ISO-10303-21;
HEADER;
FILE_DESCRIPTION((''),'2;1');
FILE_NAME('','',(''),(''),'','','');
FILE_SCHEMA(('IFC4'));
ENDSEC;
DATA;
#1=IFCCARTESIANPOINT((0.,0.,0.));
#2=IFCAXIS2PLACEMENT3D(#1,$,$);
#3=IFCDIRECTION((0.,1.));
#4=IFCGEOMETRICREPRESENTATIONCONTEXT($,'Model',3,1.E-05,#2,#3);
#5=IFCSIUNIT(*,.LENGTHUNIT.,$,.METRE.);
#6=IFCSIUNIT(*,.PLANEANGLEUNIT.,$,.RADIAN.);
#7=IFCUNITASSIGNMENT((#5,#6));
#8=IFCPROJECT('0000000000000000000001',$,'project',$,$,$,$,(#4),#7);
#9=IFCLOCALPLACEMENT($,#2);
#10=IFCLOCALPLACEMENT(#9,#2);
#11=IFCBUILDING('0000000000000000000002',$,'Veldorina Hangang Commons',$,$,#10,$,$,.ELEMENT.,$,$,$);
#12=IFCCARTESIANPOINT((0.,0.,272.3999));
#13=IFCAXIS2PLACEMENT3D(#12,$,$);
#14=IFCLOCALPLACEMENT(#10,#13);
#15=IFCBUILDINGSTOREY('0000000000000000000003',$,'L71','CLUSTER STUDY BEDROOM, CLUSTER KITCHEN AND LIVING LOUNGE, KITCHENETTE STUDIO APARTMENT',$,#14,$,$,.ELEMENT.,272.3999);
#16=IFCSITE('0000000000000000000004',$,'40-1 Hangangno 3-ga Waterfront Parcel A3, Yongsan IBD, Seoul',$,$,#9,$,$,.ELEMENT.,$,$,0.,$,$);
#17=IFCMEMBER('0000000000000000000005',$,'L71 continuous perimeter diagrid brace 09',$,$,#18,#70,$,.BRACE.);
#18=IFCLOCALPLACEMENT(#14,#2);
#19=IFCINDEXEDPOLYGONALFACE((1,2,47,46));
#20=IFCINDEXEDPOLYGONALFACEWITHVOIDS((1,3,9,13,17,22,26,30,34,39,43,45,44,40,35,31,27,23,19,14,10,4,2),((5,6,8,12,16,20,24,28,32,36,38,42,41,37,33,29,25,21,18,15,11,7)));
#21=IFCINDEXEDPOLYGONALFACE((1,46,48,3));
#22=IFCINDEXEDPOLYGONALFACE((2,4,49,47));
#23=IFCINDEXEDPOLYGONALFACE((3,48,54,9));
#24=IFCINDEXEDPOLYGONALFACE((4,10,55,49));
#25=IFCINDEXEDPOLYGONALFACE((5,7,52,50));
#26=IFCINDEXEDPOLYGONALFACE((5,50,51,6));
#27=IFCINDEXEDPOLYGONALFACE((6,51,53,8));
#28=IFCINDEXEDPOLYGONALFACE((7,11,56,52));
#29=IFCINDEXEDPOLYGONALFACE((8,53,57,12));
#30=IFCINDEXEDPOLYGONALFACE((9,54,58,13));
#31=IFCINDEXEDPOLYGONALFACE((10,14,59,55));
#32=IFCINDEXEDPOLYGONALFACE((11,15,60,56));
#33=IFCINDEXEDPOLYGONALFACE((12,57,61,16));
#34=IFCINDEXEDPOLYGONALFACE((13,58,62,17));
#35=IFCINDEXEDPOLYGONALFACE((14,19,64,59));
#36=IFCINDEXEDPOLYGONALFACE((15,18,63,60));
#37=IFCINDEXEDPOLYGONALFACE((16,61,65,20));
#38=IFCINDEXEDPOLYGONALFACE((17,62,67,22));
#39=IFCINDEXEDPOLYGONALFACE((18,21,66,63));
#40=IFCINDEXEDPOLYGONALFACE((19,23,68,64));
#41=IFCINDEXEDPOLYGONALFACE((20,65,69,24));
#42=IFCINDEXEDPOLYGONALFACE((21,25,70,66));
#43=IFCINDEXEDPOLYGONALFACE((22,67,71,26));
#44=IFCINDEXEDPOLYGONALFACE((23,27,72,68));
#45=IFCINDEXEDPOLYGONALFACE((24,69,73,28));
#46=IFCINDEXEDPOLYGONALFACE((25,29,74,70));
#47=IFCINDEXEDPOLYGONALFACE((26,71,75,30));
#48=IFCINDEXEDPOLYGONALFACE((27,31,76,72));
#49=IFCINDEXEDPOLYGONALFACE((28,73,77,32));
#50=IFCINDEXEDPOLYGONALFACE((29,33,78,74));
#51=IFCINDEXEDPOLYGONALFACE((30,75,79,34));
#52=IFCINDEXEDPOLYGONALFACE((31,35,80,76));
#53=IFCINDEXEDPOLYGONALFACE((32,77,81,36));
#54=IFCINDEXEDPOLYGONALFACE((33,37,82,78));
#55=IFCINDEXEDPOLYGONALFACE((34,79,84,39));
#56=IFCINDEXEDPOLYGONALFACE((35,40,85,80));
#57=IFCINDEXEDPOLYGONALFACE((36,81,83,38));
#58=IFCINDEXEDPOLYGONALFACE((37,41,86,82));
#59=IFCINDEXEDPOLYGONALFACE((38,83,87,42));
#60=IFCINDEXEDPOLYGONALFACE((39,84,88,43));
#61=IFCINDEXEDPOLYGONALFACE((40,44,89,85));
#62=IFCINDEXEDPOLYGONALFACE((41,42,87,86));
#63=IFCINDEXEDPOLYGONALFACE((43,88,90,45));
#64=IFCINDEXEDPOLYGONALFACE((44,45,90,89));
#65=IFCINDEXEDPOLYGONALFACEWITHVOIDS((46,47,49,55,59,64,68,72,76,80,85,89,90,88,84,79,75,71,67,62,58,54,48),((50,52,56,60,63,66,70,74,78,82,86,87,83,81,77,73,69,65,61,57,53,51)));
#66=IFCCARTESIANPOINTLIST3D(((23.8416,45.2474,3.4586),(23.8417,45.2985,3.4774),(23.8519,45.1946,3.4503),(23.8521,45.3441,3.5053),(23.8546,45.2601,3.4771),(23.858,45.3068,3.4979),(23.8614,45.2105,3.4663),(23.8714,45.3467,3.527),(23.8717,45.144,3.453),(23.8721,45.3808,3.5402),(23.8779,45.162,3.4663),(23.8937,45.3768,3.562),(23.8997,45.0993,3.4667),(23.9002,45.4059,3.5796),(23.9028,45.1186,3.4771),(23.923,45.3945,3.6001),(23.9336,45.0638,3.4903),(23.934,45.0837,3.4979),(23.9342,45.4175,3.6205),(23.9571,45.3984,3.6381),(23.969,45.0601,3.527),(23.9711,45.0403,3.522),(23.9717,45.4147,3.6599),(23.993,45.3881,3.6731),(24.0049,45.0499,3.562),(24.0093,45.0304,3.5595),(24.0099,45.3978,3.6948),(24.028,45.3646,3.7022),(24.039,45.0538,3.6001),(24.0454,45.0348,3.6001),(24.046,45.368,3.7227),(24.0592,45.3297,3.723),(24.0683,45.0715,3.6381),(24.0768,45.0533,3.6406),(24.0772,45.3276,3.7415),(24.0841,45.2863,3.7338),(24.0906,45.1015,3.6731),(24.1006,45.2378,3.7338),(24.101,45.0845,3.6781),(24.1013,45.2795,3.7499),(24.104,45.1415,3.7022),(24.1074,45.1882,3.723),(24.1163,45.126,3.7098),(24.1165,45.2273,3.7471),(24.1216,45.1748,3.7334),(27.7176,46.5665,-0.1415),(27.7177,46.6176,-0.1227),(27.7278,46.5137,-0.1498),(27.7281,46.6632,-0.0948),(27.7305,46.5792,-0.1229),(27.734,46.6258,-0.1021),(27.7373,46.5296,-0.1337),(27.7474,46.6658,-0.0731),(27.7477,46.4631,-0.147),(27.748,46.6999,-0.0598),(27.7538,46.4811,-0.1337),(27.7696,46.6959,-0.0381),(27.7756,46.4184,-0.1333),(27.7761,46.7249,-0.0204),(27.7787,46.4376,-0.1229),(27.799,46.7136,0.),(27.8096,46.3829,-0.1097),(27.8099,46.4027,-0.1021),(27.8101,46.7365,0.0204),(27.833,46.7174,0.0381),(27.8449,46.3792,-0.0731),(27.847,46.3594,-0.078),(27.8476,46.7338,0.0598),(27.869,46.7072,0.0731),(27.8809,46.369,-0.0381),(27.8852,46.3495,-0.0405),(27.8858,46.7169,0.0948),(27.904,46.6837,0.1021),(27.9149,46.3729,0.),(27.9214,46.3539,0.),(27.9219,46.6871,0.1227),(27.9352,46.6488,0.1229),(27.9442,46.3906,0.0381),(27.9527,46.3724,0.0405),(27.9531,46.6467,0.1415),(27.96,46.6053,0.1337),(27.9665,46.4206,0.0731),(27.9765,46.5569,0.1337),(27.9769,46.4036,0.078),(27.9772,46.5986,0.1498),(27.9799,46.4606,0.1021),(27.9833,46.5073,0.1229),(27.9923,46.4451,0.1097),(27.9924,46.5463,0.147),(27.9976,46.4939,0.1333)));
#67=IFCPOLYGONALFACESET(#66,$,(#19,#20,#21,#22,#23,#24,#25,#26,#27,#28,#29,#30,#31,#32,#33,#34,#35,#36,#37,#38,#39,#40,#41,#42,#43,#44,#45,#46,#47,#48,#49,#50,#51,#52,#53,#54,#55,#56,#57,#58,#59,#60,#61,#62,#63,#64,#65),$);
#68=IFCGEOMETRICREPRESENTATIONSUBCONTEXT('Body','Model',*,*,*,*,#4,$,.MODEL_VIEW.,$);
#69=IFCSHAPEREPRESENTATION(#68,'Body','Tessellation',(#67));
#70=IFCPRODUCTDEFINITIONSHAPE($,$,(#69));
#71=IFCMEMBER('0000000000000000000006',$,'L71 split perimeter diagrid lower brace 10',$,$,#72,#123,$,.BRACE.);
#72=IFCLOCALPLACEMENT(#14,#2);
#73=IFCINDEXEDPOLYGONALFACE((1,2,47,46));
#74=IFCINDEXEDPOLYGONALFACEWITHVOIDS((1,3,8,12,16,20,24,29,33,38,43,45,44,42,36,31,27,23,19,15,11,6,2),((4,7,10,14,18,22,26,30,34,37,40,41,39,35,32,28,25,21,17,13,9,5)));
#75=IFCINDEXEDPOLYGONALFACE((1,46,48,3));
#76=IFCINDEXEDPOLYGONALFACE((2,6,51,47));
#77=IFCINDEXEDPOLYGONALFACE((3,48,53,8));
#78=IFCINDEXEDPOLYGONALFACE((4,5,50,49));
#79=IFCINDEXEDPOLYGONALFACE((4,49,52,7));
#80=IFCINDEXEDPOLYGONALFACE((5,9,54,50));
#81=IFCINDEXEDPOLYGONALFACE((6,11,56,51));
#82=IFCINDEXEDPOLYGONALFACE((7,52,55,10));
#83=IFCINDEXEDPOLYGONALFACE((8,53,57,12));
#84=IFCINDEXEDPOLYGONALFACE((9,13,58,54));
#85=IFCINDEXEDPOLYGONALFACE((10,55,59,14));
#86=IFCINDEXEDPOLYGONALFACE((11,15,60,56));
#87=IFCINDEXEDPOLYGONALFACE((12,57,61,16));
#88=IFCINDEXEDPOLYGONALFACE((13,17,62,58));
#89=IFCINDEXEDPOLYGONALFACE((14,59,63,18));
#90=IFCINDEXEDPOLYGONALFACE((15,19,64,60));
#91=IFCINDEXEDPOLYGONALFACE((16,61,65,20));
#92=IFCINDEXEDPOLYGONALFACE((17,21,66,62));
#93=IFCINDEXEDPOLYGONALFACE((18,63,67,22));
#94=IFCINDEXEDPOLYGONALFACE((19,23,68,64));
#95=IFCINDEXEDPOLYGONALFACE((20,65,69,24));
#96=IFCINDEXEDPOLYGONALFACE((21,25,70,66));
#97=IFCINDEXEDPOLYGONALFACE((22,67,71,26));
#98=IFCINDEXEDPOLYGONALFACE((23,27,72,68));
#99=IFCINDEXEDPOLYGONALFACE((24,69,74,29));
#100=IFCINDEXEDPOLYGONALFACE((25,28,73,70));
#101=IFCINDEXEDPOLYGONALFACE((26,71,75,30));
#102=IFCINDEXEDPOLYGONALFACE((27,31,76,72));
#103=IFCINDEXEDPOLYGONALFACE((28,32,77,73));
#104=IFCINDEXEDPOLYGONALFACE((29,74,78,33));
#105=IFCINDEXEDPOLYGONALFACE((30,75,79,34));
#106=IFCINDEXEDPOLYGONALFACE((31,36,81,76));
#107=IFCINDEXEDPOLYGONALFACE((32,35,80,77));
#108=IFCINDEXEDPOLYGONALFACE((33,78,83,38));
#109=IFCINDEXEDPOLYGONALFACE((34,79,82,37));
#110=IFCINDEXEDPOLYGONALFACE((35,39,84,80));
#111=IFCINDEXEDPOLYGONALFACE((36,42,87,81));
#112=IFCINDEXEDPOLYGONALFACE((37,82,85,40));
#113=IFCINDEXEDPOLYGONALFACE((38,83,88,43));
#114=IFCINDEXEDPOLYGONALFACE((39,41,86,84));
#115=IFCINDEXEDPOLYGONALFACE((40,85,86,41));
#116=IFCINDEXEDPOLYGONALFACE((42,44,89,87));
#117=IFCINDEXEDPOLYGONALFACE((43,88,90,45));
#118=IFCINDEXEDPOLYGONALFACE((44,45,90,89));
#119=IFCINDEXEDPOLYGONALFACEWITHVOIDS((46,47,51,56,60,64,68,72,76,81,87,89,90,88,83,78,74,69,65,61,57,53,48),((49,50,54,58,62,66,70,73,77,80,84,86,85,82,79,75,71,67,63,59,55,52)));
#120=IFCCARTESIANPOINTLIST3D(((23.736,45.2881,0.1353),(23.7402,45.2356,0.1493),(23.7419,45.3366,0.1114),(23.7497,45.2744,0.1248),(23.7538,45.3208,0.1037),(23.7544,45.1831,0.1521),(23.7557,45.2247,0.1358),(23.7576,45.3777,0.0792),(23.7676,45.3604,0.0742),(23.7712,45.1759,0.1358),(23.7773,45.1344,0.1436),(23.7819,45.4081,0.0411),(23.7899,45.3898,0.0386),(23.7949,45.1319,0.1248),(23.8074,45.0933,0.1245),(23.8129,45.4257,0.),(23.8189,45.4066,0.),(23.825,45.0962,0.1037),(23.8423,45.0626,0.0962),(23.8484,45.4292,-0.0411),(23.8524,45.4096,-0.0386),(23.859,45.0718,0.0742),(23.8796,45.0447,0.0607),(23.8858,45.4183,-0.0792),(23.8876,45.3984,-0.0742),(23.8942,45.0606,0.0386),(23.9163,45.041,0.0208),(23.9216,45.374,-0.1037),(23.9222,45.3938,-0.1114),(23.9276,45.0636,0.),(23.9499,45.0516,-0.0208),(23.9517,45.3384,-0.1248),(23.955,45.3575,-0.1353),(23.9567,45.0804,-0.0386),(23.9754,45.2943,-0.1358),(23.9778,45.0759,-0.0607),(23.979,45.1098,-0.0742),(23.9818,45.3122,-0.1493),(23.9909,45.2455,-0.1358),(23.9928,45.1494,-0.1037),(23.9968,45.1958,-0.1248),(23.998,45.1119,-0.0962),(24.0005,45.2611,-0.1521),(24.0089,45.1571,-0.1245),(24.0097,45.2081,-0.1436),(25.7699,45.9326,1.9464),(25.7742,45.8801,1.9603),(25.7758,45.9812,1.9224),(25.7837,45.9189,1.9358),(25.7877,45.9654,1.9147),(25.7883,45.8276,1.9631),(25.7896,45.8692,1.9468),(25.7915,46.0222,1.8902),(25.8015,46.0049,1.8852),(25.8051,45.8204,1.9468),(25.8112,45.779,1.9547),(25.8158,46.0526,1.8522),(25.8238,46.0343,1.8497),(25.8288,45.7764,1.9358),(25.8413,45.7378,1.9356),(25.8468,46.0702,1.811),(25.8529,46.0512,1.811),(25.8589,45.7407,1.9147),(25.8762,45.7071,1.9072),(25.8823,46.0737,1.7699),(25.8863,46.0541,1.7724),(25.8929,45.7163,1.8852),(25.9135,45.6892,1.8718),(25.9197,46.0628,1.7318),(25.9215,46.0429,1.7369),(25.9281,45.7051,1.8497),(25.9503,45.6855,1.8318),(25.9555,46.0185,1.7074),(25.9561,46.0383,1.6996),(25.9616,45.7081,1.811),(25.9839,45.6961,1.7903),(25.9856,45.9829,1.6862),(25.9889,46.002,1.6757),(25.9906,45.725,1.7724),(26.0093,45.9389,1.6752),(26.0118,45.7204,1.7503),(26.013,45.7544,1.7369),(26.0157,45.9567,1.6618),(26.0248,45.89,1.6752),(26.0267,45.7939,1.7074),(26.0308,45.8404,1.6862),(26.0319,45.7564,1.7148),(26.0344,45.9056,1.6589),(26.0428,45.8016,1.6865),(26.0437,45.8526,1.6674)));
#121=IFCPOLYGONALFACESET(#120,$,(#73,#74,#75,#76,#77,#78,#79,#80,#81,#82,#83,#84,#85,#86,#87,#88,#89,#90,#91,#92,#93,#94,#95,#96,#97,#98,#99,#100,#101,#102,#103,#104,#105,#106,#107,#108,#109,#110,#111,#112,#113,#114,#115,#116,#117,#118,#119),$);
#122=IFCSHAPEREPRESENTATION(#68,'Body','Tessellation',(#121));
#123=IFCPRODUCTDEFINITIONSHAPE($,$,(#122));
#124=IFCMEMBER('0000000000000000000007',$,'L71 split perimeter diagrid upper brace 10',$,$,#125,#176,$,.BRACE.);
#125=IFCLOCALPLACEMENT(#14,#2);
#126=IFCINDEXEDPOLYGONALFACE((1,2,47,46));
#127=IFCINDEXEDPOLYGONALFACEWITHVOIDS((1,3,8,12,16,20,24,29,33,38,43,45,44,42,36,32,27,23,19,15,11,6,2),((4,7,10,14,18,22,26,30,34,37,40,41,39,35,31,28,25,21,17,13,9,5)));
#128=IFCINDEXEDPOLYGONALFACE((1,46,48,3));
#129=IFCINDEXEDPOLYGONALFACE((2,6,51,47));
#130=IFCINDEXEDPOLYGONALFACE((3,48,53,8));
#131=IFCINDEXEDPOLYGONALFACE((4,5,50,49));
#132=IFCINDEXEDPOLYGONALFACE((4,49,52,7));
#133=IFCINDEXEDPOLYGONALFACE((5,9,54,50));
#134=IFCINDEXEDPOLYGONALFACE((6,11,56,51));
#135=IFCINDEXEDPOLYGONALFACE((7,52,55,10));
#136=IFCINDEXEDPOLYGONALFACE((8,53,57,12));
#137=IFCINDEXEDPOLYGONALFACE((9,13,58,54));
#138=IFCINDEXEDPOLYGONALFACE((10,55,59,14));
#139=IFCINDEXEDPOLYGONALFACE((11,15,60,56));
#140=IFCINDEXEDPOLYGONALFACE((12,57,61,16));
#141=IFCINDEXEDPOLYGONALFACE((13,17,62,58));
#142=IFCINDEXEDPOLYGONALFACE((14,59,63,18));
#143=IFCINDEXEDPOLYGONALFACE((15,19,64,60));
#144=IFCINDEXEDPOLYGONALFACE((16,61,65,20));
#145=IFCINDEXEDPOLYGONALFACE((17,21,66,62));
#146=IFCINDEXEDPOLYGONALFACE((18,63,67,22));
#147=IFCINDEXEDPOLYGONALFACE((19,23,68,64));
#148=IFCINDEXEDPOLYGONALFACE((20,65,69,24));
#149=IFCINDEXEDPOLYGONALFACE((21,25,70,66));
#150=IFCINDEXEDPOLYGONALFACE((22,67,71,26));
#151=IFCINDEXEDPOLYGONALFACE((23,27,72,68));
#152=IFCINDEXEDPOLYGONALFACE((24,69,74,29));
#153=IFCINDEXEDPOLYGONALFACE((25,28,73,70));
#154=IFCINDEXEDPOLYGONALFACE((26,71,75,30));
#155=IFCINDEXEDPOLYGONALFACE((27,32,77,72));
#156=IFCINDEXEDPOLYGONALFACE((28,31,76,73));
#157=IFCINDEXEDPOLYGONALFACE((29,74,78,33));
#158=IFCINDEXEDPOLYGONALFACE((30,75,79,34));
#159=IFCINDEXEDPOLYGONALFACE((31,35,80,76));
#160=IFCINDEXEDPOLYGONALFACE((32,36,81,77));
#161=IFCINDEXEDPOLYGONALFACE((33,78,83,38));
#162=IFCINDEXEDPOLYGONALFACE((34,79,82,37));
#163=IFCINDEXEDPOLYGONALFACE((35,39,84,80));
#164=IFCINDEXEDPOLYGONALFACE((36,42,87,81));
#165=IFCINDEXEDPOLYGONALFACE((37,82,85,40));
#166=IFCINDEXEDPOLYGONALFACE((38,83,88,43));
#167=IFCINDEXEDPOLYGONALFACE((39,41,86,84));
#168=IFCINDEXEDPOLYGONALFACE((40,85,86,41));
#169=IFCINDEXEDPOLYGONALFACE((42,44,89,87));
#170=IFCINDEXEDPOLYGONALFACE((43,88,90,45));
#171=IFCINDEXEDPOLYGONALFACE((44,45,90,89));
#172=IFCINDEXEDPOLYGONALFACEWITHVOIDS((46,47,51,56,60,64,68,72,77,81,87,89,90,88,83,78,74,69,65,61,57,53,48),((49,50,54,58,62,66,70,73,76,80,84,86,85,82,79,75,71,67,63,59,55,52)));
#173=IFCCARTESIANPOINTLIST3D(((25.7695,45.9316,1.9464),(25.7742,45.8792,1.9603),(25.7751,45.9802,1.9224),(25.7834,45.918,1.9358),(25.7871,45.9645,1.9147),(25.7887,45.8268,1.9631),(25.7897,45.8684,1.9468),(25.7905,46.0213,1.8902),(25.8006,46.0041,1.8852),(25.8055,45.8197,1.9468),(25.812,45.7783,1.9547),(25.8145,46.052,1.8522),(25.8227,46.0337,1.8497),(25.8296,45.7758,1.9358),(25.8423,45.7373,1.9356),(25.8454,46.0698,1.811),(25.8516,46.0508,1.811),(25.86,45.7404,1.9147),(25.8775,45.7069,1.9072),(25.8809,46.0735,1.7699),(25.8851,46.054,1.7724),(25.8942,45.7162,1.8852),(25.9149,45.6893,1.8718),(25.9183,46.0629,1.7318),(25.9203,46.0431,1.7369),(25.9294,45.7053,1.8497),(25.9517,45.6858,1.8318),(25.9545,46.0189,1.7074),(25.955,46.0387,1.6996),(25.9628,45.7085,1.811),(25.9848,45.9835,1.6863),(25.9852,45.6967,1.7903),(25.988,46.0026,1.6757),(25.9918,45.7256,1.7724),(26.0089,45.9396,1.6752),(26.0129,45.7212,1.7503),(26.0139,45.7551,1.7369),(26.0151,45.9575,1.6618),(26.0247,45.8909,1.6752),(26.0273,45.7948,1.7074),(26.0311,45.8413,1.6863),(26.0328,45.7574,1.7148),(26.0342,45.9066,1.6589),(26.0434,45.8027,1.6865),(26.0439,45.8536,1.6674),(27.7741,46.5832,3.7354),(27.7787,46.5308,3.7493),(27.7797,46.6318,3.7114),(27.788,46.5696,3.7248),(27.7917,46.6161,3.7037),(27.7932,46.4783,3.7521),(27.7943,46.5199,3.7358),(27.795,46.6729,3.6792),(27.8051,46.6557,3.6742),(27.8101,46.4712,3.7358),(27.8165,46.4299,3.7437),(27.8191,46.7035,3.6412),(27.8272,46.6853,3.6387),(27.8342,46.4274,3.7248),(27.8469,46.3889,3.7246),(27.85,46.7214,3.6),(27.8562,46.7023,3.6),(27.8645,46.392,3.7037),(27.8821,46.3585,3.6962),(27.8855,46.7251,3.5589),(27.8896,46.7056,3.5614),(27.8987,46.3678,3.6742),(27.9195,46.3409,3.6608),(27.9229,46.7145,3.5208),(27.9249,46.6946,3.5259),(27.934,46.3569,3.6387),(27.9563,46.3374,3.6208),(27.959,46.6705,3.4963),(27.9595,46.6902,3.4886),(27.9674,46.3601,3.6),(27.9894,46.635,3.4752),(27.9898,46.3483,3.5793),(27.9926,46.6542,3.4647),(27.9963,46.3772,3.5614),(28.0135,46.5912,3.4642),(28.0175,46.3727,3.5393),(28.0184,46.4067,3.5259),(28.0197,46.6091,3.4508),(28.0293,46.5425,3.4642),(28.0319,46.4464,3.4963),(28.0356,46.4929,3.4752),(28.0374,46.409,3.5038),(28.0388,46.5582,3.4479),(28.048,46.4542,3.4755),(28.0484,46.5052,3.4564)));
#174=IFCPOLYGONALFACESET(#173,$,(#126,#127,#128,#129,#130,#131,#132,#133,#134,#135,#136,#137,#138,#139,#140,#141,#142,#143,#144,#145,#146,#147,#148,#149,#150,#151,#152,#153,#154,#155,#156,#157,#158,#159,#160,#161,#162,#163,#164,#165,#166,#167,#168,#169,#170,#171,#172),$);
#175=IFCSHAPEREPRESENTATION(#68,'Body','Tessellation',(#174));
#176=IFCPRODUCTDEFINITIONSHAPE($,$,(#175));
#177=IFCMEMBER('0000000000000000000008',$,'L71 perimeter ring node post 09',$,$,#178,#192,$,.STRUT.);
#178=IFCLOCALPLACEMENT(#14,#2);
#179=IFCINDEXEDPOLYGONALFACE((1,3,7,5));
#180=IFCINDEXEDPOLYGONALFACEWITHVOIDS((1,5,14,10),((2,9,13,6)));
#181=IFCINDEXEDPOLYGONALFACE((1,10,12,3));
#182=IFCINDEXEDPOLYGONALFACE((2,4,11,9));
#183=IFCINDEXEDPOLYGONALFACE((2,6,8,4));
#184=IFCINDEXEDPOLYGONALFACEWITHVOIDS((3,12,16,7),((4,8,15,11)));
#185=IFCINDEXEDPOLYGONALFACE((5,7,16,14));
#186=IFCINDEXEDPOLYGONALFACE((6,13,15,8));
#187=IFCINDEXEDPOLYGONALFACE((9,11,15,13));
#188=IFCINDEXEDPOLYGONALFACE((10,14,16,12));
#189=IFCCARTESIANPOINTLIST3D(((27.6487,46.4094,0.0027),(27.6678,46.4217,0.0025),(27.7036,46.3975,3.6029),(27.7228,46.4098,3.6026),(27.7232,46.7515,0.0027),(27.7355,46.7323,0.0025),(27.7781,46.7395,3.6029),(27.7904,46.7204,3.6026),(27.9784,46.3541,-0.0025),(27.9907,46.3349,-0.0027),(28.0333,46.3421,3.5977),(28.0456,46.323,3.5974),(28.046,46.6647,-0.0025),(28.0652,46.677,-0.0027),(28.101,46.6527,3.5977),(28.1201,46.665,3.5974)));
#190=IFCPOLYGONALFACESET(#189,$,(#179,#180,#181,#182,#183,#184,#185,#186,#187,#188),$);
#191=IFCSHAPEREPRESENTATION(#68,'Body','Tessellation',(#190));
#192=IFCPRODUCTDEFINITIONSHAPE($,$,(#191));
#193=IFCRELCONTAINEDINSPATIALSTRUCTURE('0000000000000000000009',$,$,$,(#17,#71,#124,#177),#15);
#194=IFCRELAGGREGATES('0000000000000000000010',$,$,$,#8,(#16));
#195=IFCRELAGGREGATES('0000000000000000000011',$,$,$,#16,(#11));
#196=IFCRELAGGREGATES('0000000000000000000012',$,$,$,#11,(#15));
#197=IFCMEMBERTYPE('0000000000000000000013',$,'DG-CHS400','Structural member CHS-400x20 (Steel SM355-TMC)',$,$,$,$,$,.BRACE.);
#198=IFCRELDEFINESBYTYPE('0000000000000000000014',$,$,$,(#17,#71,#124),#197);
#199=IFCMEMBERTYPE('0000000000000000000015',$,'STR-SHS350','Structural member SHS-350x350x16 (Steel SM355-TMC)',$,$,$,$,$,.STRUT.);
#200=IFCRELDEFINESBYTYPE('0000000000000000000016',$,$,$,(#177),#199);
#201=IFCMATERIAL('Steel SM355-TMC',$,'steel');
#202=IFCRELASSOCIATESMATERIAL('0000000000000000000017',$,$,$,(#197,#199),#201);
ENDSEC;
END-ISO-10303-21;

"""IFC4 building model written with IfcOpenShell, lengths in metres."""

from ifc_helpers import new_model, si_unit, direction, frame, origin, origin_2d, place, context, subcontext, project, spatial, hollow_rectangle, hollow_circle, extrude, material, material_profile, profile_set, type_object, element, save


model = new_model("IFC4")

# Units and contexts
model_context = context("Model", 3, precision=1e-05, world=origin(), true_north=direction((0.0, 1.0)))
body_context = subcontext(model_context, "Body", "Model", "MODEL_VIEW")
ifc_project = project(units=[si_unit("LENGTHUNIT", "METRE"), si_unit("PLANEANGLEUNIT", "RADIAN")], contexts=[model_context])

# Site, building, storey
site_placement = place(None, origin())
site = spatial("IfcSite", under=ifc_project, at=site_placement, Name="40-1 Hangangno 3-ga Waterfront Parcel A3, Yongsan IBD, Seoul", CompositionType="ELEMENT", RefElevation=0.0)
building_placement = place(site_placement, origin())
building = spatial("IfcBuilding", under=site, at=building_placement, Name="Veldorina Hangang Commons", CompositionType="ELEMENT")
storey_placement = place(building_placement, frame((0.0, 0.0, 272.3999)))
storey = spatial("IfcBuildingStorey", under=building, at=storey_placement, Name="L71", Description="CLUSTER STUDY BEDROOM, CLUSTER KITCHEN AND LIVING LOUNGE, KITCHENETTE STUDIO APARTMENT", CompositionType="ELEMENT", Elevation=272.3999)

# Shared definitions
ifc_material_1 = material(Name="Steel SM355-TMC", Category="steel")

# Members
ifc_material_profile_1 = material_profile(ifc_material_1, hollow_circle(Radius=0.2, WallThickness=0.02, at=origin_2d()), Name="CHS-400x20")
ifc_profile_set_1 = profile_set([ifc_material_profile_1], Name="Steel SM355-TMC")
member_type_1 = type_object("IfcMemberType", Name="DG-CHS400", Description="Structural member CHS-400x20 (Steel SM355-TMC)", PredefinedType="BRACE", material=ifc_profile_set_1)
member_1_placement = place(storey_placement, frame((27.8569, 46.5432, 0.0), z_axis=(-0.710932, -0.241948, 0.660331), x_axis=(0.322179, -0.946679, 0.0)))
element("IfcMember", 1, at=member_1_placement, inside=storey, type_object=member_type_1, Name="L71 continuous perimeter diagrid brace 09", PredefinedType="BRACE", context=body_context, shape_type="SweptSolid", body=[
    extrude(hollow_circle(Radius=0.2, WallThickness=0.02, at=origin_2d()), origin(), (0.0, 0.0, 1.0), 5.4519),
])
member_2_placement = place(storey_placement, frame((23.8733, 45.2351, 0.0), z_axis=(0.726769, 0.230305, 0.647122), x_axis=(-0.302084, 0.953281, 0.0)))
element("IfcMember", 2, at=member_2_placement, inside=storey, type_object=member_type_1, Name="L71 split perimeter diagrid lower brace 10", PredefinedType="BRACE", context=body_context, shape_type="SweptSolid", body=[
    extrude(hollow_circle(Radius=0.2, WallThickness=0.02, at=origin_2d()), origin(), (0.0, 0.0, 1.0), 2.7986),
])
member_3_placement = place(storey_placement, frame((25.9072, 45.8796, 1.811), z_axis=(0.725067, 0.235684, 0.647094), x_axis=(-0.309131, 0.95102, 0.0)))
element("IfcMember", 3, at=member_3_placement, inside=storey, type_object=member_type_1, Name="L71 split perimeter diagrid upper brace 10", PredefinedType="BRACE", context=body_context, shape_type="SweptSolid", body=[
    extrude(hollow_circle(Radius=0.2, WallThickness=0.02, at=origin_2d()), origin(), (0.0, 0.0, 1.0), 2.7646),
])
ifc_material_profile_2 = material_profile(ifc_material_1, hollow_rectangle(XDim=0.3501, YDim=0.3501, WallThickness=0.0161, at=origin_2d()), Name="SHS-350x350x16")
ifc_profile_set_2 = profile_set([ifc_material_profile_2], Name="Steel SM355-TMC")
member_type_2 = type_object("IfcMemberType", Name="STR-SHS350", Description="Structural member SHS-350x350x16 (Steel SM355-TMC)", PredefinedType="STRUT", material=ifc_profile_set_2)
member_4_placement = place(storey_placement, frame((27.8569, 46.5432, 0.0), z_axis=(0.015257, -0.003323, 0.999878), x_axis=(0.21279, 0.977098, 0.0)))
element("IfcMember", 4, at=member_4_placement, inside=storey, type_object=member_type_2, Name="L71 perimeter ring node post 09", PredefinedType="STRUT", context=body_context, shape_type="SweptSolid", body=[
    extrude(hollow_rectangle(XDim=0.3501, YDim=0.3501, WallThickness=0.0161, at=origin_2d()), origin(), (0.0, 0.0, 1.0), 3.6006),
])

save(model, "model.ifc")
